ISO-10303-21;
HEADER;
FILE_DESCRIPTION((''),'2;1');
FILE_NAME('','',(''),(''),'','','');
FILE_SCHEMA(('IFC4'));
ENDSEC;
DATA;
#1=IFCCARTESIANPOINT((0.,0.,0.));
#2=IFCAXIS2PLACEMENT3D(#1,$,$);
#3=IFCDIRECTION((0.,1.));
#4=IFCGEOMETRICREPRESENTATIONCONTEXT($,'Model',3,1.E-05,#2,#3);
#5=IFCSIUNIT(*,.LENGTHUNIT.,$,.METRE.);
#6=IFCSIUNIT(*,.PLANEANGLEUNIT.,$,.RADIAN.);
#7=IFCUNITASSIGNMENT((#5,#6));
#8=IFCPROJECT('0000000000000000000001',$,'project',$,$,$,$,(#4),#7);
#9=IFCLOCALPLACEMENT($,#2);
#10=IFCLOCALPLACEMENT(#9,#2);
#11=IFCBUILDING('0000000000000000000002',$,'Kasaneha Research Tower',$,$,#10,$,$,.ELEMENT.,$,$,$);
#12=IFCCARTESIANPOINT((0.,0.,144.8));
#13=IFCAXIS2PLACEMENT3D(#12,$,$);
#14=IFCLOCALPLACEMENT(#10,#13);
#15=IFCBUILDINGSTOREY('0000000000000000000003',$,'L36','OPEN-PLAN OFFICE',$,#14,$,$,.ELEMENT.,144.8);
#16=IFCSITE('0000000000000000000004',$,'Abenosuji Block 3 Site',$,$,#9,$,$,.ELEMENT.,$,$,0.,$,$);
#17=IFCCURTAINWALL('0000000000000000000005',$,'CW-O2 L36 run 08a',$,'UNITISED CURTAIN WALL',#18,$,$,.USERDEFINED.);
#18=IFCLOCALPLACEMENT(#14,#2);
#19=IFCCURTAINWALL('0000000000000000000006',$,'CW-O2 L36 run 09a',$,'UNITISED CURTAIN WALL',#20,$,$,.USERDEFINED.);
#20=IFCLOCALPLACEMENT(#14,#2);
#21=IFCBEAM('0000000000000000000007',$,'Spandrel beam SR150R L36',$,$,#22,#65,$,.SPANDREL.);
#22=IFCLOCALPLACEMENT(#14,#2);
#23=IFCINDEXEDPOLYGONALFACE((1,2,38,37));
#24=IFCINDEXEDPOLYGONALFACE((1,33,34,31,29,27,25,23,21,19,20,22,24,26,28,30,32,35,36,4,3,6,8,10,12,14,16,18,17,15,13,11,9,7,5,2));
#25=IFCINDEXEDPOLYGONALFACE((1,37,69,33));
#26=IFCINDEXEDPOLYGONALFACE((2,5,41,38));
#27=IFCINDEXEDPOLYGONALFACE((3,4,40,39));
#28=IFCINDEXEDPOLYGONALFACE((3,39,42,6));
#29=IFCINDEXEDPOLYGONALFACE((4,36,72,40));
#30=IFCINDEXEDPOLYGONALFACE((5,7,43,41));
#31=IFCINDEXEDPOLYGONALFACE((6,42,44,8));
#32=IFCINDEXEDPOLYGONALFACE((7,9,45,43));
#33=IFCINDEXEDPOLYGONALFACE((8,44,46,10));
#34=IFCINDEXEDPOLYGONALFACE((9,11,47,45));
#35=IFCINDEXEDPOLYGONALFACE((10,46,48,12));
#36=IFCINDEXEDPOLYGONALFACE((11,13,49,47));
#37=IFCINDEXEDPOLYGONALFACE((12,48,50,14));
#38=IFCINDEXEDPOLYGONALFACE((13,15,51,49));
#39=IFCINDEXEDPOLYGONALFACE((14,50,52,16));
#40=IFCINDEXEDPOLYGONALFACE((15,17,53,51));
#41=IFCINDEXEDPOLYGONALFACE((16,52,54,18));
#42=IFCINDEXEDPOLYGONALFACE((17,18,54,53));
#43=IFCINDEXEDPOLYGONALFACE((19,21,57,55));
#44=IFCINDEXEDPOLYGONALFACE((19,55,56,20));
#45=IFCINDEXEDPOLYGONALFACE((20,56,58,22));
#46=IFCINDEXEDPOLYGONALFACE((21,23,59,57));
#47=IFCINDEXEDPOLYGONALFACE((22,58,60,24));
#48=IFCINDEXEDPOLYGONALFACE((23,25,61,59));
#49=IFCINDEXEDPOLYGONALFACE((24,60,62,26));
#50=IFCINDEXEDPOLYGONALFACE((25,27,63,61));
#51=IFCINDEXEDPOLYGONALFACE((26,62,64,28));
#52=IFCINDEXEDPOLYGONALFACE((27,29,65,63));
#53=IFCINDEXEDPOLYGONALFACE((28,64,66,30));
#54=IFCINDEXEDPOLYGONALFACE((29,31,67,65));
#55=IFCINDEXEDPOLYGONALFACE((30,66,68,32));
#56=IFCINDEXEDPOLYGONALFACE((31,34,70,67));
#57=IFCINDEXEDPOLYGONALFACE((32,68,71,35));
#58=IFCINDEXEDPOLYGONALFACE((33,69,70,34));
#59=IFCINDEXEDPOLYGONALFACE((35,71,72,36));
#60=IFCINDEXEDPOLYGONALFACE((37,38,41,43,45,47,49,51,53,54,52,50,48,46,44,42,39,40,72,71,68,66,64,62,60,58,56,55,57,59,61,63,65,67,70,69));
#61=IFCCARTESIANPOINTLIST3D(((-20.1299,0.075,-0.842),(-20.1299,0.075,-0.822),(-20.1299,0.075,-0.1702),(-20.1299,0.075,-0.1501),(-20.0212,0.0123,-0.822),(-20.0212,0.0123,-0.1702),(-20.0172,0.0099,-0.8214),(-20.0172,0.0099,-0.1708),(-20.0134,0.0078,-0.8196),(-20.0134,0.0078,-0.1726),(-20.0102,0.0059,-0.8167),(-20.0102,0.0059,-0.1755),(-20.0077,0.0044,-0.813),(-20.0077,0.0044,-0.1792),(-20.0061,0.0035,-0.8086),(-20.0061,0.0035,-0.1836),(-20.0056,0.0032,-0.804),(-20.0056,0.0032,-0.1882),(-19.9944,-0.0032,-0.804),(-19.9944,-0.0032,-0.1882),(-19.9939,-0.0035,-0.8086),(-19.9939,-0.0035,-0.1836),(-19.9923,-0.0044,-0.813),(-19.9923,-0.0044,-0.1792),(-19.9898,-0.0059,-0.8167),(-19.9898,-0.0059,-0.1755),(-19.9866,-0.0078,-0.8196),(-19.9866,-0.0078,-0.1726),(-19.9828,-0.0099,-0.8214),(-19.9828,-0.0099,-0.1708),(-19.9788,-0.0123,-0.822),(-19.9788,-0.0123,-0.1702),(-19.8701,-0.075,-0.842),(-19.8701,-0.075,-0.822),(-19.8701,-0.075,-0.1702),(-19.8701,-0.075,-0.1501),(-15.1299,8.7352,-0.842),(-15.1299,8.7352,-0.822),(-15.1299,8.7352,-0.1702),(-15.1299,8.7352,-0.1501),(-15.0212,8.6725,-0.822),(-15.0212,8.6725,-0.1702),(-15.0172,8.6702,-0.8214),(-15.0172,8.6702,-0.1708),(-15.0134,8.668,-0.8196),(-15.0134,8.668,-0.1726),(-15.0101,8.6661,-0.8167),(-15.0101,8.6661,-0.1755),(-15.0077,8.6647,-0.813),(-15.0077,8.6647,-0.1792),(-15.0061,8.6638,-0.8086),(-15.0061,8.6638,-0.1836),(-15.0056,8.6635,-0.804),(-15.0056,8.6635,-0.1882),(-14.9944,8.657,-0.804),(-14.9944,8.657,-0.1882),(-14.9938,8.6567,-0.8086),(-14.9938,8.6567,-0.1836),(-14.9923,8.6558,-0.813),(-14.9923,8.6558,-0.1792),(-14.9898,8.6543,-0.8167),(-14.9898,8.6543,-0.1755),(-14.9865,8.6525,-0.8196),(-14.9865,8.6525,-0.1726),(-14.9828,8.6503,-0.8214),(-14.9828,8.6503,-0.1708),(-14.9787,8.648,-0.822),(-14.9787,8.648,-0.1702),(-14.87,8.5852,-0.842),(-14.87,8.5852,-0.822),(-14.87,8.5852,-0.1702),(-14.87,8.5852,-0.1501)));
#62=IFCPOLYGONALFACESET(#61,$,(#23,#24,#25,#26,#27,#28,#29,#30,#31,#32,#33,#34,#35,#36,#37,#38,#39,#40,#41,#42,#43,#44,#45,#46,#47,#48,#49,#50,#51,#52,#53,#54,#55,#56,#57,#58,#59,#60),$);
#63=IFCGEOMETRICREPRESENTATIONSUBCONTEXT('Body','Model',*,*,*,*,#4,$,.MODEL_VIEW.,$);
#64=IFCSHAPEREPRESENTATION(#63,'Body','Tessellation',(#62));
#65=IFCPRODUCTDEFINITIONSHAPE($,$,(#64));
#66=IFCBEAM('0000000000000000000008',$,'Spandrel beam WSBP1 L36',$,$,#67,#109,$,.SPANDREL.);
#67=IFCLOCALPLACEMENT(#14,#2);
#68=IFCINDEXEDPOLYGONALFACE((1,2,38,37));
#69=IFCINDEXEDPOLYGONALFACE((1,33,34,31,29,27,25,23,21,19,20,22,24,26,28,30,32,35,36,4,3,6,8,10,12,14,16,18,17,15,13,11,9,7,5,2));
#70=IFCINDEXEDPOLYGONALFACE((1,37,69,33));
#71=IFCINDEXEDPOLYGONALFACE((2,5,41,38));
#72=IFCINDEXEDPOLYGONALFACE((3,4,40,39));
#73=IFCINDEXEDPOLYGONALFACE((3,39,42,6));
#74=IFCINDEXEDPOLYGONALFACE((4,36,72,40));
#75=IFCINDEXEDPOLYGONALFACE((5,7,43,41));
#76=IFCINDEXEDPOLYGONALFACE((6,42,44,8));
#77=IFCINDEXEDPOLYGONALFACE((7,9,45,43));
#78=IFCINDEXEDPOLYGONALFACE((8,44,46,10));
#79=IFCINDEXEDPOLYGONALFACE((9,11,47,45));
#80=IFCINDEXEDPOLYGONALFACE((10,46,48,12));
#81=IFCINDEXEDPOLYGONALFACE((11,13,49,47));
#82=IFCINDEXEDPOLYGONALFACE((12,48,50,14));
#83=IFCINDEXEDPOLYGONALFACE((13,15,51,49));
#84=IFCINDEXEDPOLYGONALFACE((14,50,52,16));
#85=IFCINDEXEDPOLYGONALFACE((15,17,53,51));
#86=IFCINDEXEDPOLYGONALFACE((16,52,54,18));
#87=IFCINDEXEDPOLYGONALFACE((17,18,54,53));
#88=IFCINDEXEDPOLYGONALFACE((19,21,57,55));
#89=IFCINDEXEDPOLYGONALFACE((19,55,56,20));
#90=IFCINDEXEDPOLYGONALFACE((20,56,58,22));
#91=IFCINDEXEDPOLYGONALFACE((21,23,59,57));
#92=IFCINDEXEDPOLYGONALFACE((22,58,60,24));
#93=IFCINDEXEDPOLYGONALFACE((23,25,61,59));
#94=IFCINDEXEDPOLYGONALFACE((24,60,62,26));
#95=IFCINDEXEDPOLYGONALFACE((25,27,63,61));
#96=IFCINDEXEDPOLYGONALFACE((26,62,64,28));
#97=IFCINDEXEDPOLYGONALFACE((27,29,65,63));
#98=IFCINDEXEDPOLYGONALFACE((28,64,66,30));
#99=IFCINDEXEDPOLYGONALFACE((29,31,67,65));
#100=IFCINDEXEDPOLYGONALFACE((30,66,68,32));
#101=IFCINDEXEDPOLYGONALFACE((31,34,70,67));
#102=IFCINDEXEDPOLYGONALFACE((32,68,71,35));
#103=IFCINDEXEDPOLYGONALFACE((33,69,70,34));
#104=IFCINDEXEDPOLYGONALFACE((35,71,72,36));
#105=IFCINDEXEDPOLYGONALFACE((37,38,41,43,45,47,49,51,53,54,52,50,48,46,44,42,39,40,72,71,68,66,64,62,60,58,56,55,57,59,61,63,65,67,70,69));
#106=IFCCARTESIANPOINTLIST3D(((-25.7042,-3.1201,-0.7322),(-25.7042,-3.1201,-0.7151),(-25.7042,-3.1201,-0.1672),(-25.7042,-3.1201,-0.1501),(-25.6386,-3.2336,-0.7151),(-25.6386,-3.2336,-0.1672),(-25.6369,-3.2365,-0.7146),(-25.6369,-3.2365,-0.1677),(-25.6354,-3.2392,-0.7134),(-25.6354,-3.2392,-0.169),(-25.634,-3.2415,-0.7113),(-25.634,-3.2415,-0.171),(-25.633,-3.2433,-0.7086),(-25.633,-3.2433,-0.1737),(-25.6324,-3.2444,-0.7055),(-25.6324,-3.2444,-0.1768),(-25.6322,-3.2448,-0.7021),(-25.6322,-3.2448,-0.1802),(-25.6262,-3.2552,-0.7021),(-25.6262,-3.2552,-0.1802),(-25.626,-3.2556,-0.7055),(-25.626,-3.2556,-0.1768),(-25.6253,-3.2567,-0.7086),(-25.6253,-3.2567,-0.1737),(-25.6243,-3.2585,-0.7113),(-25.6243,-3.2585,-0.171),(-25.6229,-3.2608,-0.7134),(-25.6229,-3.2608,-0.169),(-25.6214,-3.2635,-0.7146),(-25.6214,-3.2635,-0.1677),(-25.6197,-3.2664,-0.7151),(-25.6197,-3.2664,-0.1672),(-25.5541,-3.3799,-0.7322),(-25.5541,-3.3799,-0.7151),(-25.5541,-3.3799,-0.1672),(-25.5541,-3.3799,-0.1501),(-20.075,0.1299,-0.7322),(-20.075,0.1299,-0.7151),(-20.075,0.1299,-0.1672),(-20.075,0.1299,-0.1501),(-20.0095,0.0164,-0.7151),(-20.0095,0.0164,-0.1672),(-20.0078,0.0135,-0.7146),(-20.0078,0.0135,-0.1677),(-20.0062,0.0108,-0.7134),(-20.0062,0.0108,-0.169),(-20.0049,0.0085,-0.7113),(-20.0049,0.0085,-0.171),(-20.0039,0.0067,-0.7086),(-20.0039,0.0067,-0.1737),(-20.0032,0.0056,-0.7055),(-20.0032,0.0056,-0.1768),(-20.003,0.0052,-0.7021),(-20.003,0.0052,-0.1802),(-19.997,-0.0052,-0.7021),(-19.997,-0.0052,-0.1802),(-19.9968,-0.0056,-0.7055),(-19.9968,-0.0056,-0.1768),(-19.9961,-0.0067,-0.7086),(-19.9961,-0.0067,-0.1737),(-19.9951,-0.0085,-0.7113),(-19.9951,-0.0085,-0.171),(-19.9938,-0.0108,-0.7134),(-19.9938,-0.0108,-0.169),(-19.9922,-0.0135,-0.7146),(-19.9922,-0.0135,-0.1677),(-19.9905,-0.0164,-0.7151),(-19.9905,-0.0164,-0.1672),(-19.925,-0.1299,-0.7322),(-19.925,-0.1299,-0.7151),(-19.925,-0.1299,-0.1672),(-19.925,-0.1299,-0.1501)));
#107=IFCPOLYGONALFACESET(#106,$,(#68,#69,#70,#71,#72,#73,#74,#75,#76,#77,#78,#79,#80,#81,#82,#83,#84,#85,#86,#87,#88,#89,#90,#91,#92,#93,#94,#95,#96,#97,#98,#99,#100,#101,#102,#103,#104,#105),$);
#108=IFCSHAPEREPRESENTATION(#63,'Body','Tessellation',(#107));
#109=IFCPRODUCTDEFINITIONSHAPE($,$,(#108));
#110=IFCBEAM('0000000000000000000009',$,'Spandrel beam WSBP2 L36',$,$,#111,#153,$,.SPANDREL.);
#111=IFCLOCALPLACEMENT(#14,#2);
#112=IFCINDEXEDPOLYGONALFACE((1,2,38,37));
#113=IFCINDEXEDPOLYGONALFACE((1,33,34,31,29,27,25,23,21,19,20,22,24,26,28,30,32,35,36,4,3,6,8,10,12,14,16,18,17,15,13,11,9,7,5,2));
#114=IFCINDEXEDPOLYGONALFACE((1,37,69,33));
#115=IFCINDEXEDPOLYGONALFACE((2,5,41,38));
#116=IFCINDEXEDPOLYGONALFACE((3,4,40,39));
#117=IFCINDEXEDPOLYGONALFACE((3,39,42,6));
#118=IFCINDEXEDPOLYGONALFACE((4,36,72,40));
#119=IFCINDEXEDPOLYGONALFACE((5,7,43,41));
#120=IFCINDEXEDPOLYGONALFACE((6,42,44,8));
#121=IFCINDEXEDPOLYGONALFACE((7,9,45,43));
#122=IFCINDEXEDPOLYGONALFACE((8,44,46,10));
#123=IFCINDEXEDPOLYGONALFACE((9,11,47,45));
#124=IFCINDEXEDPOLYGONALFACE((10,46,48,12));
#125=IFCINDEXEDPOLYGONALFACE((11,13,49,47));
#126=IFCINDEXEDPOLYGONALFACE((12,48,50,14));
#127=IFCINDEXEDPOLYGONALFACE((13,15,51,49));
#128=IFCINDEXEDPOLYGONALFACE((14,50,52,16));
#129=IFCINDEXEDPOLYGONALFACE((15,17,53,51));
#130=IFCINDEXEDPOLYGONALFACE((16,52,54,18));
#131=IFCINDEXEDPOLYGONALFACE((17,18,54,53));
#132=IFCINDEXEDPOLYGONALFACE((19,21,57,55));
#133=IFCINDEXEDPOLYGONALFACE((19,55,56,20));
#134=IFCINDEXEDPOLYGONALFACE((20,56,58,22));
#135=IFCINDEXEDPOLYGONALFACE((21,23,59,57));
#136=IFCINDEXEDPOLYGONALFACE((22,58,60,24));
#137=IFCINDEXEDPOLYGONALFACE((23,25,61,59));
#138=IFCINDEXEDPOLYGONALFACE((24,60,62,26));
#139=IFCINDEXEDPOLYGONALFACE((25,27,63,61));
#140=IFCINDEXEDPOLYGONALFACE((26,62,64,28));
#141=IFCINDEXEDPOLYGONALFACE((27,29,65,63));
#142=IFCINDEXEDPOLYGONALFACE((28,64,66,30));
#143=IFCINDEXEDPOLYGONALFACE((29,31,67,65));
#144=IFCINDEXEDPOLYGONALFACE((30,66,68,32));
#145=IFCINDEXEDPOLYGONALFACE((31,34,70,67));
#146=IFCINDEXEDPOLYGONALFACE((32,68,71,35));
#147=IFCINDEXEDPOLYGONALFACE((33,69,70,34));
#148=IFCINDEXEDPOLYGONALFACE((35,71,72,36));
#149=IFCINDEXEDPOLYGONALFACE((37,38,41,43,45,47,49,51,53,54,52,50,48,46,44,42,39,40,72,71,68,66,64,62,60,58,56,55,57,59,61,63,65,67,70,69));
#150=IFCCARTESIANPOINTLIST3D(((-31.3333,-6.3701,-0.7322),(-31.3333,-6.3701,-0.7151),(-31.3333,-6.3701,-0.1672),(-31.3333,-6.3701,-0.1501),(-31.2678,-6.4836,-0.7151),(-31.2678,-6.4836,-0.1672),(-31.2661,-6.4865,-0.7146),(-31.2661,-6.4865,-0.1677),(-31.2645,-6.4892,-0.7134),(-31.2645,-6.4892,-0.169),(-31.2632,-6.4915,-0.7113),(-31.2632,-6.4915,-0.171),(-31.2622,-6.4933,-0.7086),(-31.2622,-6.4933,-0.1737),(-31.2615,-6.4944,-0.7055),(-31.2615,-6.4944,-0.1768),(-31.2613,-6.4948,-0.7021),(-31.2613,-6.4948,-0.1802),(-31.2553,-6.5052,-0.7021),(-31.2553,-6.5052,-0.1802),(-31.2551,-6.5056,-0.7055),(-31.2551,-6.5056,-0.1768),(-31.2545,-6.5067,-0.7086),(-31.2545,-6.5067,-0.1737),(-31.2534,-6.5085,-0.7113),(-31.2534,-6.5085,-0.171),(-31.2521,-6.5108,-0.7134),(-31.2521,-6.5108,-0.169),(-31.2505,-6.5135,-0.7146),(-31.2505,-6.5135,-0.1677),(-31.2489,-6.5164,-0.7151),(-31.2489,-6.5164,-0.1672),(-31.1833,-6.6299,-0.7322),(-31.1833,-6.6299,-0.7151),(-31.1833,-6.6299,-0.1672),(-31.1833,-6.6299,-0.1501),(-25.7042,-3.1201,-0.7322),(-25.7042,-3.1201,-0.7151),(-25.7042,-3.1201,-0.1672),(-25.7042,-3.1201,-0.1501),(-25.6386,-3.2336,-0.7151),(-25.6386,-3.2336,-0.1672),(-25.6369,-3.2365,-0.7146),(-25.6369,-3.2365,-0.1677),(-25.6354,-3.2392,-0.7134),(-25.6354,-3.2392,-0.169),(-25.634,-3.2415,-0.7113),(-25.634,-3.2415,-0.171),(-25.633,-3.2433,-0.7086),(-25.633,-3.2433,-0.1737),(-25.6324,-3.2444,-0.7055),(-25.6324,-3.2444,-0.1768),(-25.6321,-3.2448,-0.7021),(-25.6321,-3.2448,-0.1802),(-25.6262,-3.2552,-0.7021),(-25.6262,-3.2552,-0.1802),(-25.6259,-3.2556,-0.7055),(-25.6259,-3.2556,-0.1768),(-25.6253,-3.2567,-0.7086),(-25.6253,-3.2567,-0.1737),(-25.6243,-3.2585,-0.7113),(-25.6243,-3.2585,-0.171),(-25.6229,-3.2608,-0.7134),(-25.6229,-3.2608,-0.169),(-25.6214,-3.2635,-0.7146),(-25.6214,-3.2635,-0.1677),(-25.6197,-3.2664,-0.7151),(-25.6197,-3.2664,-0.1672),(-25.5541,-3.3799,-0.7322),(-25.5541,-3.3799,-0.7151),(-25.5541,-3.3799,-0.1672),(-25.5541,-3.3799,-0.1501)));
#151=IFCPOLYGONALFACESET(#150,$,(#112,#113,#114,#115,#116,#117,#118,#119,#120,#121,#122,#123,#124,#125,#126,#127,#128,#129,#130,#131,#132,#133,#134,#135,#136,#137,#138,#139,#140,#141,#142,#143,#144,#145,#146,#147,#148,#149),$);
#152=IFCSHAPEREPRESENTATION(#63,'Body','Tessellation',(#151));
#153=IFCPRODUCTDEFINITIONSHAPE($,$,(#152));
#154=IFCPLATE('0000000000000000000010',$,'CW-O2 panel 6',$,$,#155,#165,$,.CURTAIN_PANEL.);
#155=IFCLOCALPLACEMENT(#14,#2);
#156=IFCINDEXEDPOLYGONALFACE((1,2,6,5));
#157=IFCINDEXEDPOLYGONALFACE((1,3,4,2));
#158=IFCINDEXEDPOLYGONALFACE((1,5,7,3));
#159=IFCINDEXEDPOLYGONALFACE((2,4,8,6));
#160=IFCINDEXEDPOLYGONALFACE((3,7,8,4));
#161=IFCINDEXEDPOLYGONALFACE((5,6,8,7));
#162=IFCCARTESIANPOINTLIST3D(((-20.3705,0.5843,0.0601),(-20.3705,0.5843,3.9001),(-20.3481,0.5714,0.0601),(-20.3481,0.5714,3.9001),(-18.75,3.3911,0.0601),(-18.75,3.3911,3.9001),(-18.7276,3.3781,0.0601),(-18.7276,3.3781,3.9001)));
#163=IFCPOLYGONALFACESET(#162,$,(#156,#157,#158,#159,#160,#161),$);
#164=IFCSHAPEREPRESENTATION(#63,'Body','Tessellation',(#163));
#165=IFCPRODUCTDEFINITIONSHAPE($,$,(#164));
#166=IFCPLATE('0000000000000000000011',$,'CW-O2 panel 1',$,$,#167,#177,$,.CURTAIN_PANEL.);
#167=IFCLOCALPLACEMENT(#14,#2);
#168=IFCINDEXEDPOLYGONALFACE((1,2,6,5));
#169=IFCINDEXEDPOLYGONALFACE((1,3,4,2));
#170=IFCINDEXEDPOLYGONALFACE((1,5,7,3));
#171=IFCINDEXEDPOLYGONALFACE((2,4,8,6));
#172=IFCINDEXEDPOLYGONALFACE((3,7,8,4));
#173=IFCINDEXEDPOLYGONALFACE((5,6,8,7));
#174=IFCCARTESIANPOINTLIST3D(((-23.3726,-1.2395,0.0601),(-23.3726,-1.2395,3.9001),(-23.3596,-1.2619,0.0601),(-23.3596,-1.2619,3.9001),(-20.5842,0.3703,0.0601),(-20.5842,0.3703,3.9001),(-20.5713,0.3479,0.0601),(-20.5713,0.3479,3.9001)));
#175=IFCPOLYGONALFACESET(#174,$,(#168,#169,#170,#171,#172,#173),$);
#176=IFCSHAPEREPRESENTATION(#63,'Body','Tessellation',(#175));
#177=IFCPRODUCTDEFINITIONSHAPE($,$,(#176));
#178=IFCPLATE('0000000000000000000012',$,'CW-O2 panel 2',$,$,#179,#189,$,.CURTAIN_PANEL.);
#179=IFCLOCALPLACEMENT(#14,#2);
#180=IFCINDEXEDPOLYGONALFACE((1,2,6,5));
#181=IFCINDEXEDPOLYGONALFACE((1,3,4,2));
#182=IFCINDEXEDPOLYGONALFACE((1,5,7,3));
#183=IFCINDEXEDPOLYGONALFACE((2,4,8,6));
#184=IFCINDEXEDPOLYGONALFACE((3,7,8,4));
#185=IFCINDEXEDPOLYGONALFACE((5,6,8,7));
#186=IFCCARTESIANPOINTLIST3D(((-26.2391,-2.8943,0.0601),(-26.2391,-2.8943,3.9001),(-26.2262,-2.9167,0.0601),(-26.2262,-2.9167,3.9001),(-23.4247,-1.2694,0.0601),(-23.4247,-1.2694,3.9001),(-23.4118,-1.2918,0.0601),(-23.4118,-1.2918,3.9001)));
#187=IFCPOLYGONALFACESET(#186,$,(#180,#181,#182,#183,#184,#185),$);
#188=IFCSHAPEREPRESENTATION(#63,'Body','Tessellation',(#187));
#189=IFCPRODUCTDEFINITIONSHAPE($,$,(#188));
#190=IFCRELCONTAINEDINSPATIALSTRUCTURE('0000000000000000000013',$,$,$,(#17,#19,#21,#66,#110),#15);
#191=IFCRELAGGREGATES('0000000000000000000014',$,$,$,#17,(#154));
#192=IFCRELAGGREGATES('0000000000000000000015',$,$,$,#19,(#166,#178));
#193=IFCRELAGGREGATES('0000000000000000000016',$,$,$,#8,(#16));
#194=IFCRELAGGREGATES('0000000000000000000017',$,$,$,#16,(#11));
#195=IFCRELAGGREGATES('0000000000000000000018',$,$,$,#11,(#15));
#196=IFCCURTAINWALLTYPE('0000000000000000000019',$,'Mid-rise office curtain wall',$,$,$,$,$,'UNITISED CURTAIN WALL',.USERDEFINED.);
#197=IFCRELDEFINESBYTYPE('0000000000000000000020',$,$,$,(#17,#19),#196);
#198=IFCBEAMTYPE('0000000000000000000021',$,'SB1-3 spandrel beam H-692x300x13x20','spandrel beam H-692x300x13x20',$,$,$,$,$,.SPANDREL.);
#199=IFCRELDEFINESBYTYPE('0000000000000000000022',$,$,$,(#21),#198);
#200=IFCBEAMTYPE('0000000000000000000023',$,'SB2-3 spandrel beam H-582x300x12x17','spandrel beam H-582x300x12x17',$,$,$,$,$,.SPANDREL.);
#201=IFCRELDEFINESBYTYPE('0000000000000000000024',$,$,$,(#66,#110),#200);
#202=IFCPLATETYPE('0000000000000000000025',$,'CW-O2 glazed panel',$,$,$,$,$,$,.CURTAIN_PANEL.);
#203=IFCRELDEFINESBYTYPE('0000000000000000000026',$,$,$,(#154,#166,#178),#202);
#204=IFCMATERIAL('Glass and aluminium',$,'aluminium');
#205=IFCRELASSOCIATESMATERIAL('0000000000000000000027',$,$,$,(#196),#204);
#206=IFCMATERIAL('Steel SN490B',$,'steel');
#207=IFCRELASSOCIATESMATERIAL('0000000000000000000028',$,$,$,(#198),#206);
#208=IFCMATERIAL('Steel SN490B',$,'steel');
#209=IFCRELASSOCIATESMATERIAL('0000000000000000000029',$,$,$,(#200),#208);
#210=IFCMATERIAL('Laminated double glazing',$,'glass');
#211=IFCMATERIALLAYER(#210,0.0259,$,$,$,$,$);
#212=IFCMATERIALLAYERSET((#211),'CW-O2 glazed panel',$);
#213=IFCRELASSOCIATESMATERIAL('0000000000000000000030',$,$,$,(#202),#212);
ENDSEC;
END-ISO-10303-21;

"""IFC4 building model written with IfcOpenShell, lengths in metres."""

from ifc_helpers import new_model, si_unit, direction, frame, origin, origin_2d, place, context, subcontext, project, spatial, rectangle, i_section, extrude, material, layer, layer_set, material_profile, profile_set, type_object, element, aggregate, save


model = new_model("IFC4")

# Units and contexts
model_context = context("Model", 3, precision=1e-05, world=origin(), true_north=direction((0.0, 1.0)))
body_context = subcontext(model_context, "Body", "Model", "MODEL_VIEW")
ifc_project = project(units=[si_unit("LENGTHUNIT", "METRE"), si_unit("PLANEANGLEUNIT", "RADIAN")], contexts=[model_context])

# Site, building, storey
site_placement = place(None, origin())
site = spatial("IfcSite", under=ifc_project, at=site_placement, Name="Abenosuji Block 3 Site", CompositionType="ELEMENT", RefElevation=0.0)
building_placement = place(site_placement, origin())
building = spatial("IfcBuilding", under=site, at=building_placement, Name="Kasaneha Research Tower", CompositionType="ELEMENT")
storey_placement = place(building_placement, frame((0.0, 0.0, 144.8)))
storey = spatial("IfcBuildingStorey", under=building, at=storey_placement, Name="L36", Description="OPEN-PLAN OFFICE", CompositionType="ELEMENT", Elevation=144.8)

# Curtain wall
ifc_material_1 = material(Name="Glass and aluminium", Category="aluminium")
curtain_wall_type = type_object("IfcCurtainWallType", Name="Mid-rise office curtain wall", ElementType="UNITISED CURTAIN WALL", PredefinedType="USERDEFINED", material=ifc_material_1)
curtain_wall_1_placement = place(storey_placement, origin())
curtain_wall_1 = element("IfcCurtainWall", 1, at=curtain_wall_1_placement, inside=storey, type_object=curtain_wall_type, Name="CW-O2 L36 run 08a", ObjectType="UNITISED CURTAIN WALL", PredefinedType="USERDEFINED")

# Curtain wall
curtain_wall_2_placement = place(storey_placement, origin())
curtain_wall_2 = element("IfcCurtainWall", 2, at=curtain_wall_2_placement, inside=storey, type_object=curtain_wall_type, Name="CW-O2 L36 run 09a", ObjectType="UNITISED CURTAIN WALL", PredefinedType="USERDEFINED")

# Beams
ifc_material_2 = material(Name="Steel SN490B", Category="steel")
ifc_material_profile_1 = material_profile(ifc_material_2, i_section(OverallWidth=0.3, OverallDepth=0.6919, WebThickness=0.0129, FlangeThickness=0.02, FilletRadius=0.0181, at=origin_2d()), Name="H-692x300x13x20")
ifc_profile_set_1 = profile_set([ifc_material_profile_1], Name="Steel SN490B")
beam_type_1 = type_object("IfcBeamType", Name="SB1-3 spandrel beam H-692x300x13x20", Description="spandrel beam H-692x300x13x20", PredefinedType="SPANDREL", material=ifc_profile_set_1)
beam_1_placement = place(storey_placement, frame((-20.0, 0.0, -0.4961), z_axis=(0.500004, 0.866023, 0.0), x_axis=(-0.866023, 0.500004, 0.0)))
element("IfcBeam", 3, at=beam_1_placement, inside=storey, type_object=beam_type_1, Name="Spandrel beam SR150R L36", PredefinedType="SPANDREL", context=body_context, shape_type="SweptSolid", body=[
    extrude(i_section(OverallWidth=0.3, OverallDepth=0.6919, WebThickness=0.0129, FlangeThickness=0.02, FilletRadius=0.0181, at=origin_2d()), origin(), (0.0, 0.0, 1.0), 10.0),
])
ifc_material_3 = material(Name="Steel SN490B", Category="steel")
ifc_material_profile_2 = material_profile(ifc_material_3, i_section(OverallWidth=0.3, OverallDepth=0.582, WebThickness=0.012, FlangeThickness=0.0171, FilletRadius=0.0129, at=origin_2d()), Name="H-582x300x12x17")
ifc_profile_set_2 = profile_set([ifc_material_profile_2], Name="Steel SN490B")
beam_type_2 = type_object("IfcBeamType", Name="SB2-3 spandrel beam H-582x300x12x17", Description="spandrel beam H-582x300x12x17", PredefinedType="SPANDREL", material=ifc_profile_set_2)
for number, where, z_axis, x_axis, name in (
    (4, (-20.0, 0.0, -0.4412), (-0.866025, -0.500001, 0.0), (0.500001, -0.866025, 0.0), "Spandrel beam WSBP1 L36"),
    (5, (-25.6292, -3.25, -0.4412), (-0.866025, -0.500001, 0.0), (0.500001, -0.866025, 0.0), "Spandrel beam WSBP2 L36"),
):
    element("IfcBeam", number, at=place(storey_placement, frame(where, z_axis=z_axis, x_axis=x_axis)), inside=storey, type_object=beam_type_2, Name=name, PredefinedType="SPANDREL", context=body_context, shape_type="SweptSolid", body=[
        extrude(i_section(OverallWidth=0.3, OverallDepth=0.582, WebThickness=0.012, FlangeThickness=0.0171, FilletRadius=0.0129, at=origin_2d()), origin(), (0.0, 0.0, 1.0), 6.5),
    ])

# Plates
ifc_material_4 = material(Name="Laminated double glazing", Category="glass")
ifc_layer_1 = layer(ifc_material_4, 0.0259)
ifc_layer_set_1 = layer_set([ifc_layer_1], Name="CW-O2 glazed panel")
plate_type = type_object("IfcPlateType", Name="CW-O2 glazed panel", PredefinedType="CURTAIN_PANEL", material=ifc_layer_set_1)
plate_1_placement = place(storey_placement, frame((-19.5491, 1.9812, 0.0601), z_axis=(0.0, 0.0, 1.0), x_axis=(-0.5, -0.866025, 0.0)))
plate_1 = element("IfcPlate", 6, at=plate_1_placement, type_object=plate_type, Name="CW-O2 panel 6", PredefinedType="CURTAIN_PANEL", context=body_context, shape_type="SweptSolid", body=[
    extrude(rectangle(XDim=3.241, YDim=0.0259, at=origin_2d()), origin(), (0.0, 0.0, 1.0), 3.8401),
])
aggregate(curtain_wall_1, [plate_1])
plate_2_placement = place(storey_placement, frame((-21.9719, -0.4458, 0.0601), z_axis=(0.0, 0.0, 1.0), x_axis=(-0.866025, -0.5, 0.0)))
plate_2 = element("IfcPlate", 7, at=plate_2_placement, type_object=plate_type, Name="CW-O2 panel 1", PredefinedType="CURTAIN_PANEL", context=body_context, shape_type="SweptSolid", body=[
    extrude(rectangle(XDim=3.2197, YDim=0.0259, at=origin_2d()), origin(), (0.0, 0.0, 1.0), 3.8401),
])
plate_3_placement = place(storey_placement, frame((-24.8254, -2.093, 0.0601), z_axis=(0.0, 0.0, 1.0), x_axis=(-0.866025, -0.5, 0.0)))
plate_3 = element("IfcPlate", 8, at=plate_3_placement, type_object=plate_type, Name="CW-O2 panel 2", PredefinedType="CURTAIN_PANEL", context=body_context, shape_type="SweptSolid", body=[
    extrude(rectangle(XDim=3.2498, YDim=0.0259, at=origin_2d()), origin(), (0.0, 0.0, 1.0), 3.8401),
])
aggregate(curtain_wall_2, [plate_2, plate_3])

save(model, "model.ifc")
